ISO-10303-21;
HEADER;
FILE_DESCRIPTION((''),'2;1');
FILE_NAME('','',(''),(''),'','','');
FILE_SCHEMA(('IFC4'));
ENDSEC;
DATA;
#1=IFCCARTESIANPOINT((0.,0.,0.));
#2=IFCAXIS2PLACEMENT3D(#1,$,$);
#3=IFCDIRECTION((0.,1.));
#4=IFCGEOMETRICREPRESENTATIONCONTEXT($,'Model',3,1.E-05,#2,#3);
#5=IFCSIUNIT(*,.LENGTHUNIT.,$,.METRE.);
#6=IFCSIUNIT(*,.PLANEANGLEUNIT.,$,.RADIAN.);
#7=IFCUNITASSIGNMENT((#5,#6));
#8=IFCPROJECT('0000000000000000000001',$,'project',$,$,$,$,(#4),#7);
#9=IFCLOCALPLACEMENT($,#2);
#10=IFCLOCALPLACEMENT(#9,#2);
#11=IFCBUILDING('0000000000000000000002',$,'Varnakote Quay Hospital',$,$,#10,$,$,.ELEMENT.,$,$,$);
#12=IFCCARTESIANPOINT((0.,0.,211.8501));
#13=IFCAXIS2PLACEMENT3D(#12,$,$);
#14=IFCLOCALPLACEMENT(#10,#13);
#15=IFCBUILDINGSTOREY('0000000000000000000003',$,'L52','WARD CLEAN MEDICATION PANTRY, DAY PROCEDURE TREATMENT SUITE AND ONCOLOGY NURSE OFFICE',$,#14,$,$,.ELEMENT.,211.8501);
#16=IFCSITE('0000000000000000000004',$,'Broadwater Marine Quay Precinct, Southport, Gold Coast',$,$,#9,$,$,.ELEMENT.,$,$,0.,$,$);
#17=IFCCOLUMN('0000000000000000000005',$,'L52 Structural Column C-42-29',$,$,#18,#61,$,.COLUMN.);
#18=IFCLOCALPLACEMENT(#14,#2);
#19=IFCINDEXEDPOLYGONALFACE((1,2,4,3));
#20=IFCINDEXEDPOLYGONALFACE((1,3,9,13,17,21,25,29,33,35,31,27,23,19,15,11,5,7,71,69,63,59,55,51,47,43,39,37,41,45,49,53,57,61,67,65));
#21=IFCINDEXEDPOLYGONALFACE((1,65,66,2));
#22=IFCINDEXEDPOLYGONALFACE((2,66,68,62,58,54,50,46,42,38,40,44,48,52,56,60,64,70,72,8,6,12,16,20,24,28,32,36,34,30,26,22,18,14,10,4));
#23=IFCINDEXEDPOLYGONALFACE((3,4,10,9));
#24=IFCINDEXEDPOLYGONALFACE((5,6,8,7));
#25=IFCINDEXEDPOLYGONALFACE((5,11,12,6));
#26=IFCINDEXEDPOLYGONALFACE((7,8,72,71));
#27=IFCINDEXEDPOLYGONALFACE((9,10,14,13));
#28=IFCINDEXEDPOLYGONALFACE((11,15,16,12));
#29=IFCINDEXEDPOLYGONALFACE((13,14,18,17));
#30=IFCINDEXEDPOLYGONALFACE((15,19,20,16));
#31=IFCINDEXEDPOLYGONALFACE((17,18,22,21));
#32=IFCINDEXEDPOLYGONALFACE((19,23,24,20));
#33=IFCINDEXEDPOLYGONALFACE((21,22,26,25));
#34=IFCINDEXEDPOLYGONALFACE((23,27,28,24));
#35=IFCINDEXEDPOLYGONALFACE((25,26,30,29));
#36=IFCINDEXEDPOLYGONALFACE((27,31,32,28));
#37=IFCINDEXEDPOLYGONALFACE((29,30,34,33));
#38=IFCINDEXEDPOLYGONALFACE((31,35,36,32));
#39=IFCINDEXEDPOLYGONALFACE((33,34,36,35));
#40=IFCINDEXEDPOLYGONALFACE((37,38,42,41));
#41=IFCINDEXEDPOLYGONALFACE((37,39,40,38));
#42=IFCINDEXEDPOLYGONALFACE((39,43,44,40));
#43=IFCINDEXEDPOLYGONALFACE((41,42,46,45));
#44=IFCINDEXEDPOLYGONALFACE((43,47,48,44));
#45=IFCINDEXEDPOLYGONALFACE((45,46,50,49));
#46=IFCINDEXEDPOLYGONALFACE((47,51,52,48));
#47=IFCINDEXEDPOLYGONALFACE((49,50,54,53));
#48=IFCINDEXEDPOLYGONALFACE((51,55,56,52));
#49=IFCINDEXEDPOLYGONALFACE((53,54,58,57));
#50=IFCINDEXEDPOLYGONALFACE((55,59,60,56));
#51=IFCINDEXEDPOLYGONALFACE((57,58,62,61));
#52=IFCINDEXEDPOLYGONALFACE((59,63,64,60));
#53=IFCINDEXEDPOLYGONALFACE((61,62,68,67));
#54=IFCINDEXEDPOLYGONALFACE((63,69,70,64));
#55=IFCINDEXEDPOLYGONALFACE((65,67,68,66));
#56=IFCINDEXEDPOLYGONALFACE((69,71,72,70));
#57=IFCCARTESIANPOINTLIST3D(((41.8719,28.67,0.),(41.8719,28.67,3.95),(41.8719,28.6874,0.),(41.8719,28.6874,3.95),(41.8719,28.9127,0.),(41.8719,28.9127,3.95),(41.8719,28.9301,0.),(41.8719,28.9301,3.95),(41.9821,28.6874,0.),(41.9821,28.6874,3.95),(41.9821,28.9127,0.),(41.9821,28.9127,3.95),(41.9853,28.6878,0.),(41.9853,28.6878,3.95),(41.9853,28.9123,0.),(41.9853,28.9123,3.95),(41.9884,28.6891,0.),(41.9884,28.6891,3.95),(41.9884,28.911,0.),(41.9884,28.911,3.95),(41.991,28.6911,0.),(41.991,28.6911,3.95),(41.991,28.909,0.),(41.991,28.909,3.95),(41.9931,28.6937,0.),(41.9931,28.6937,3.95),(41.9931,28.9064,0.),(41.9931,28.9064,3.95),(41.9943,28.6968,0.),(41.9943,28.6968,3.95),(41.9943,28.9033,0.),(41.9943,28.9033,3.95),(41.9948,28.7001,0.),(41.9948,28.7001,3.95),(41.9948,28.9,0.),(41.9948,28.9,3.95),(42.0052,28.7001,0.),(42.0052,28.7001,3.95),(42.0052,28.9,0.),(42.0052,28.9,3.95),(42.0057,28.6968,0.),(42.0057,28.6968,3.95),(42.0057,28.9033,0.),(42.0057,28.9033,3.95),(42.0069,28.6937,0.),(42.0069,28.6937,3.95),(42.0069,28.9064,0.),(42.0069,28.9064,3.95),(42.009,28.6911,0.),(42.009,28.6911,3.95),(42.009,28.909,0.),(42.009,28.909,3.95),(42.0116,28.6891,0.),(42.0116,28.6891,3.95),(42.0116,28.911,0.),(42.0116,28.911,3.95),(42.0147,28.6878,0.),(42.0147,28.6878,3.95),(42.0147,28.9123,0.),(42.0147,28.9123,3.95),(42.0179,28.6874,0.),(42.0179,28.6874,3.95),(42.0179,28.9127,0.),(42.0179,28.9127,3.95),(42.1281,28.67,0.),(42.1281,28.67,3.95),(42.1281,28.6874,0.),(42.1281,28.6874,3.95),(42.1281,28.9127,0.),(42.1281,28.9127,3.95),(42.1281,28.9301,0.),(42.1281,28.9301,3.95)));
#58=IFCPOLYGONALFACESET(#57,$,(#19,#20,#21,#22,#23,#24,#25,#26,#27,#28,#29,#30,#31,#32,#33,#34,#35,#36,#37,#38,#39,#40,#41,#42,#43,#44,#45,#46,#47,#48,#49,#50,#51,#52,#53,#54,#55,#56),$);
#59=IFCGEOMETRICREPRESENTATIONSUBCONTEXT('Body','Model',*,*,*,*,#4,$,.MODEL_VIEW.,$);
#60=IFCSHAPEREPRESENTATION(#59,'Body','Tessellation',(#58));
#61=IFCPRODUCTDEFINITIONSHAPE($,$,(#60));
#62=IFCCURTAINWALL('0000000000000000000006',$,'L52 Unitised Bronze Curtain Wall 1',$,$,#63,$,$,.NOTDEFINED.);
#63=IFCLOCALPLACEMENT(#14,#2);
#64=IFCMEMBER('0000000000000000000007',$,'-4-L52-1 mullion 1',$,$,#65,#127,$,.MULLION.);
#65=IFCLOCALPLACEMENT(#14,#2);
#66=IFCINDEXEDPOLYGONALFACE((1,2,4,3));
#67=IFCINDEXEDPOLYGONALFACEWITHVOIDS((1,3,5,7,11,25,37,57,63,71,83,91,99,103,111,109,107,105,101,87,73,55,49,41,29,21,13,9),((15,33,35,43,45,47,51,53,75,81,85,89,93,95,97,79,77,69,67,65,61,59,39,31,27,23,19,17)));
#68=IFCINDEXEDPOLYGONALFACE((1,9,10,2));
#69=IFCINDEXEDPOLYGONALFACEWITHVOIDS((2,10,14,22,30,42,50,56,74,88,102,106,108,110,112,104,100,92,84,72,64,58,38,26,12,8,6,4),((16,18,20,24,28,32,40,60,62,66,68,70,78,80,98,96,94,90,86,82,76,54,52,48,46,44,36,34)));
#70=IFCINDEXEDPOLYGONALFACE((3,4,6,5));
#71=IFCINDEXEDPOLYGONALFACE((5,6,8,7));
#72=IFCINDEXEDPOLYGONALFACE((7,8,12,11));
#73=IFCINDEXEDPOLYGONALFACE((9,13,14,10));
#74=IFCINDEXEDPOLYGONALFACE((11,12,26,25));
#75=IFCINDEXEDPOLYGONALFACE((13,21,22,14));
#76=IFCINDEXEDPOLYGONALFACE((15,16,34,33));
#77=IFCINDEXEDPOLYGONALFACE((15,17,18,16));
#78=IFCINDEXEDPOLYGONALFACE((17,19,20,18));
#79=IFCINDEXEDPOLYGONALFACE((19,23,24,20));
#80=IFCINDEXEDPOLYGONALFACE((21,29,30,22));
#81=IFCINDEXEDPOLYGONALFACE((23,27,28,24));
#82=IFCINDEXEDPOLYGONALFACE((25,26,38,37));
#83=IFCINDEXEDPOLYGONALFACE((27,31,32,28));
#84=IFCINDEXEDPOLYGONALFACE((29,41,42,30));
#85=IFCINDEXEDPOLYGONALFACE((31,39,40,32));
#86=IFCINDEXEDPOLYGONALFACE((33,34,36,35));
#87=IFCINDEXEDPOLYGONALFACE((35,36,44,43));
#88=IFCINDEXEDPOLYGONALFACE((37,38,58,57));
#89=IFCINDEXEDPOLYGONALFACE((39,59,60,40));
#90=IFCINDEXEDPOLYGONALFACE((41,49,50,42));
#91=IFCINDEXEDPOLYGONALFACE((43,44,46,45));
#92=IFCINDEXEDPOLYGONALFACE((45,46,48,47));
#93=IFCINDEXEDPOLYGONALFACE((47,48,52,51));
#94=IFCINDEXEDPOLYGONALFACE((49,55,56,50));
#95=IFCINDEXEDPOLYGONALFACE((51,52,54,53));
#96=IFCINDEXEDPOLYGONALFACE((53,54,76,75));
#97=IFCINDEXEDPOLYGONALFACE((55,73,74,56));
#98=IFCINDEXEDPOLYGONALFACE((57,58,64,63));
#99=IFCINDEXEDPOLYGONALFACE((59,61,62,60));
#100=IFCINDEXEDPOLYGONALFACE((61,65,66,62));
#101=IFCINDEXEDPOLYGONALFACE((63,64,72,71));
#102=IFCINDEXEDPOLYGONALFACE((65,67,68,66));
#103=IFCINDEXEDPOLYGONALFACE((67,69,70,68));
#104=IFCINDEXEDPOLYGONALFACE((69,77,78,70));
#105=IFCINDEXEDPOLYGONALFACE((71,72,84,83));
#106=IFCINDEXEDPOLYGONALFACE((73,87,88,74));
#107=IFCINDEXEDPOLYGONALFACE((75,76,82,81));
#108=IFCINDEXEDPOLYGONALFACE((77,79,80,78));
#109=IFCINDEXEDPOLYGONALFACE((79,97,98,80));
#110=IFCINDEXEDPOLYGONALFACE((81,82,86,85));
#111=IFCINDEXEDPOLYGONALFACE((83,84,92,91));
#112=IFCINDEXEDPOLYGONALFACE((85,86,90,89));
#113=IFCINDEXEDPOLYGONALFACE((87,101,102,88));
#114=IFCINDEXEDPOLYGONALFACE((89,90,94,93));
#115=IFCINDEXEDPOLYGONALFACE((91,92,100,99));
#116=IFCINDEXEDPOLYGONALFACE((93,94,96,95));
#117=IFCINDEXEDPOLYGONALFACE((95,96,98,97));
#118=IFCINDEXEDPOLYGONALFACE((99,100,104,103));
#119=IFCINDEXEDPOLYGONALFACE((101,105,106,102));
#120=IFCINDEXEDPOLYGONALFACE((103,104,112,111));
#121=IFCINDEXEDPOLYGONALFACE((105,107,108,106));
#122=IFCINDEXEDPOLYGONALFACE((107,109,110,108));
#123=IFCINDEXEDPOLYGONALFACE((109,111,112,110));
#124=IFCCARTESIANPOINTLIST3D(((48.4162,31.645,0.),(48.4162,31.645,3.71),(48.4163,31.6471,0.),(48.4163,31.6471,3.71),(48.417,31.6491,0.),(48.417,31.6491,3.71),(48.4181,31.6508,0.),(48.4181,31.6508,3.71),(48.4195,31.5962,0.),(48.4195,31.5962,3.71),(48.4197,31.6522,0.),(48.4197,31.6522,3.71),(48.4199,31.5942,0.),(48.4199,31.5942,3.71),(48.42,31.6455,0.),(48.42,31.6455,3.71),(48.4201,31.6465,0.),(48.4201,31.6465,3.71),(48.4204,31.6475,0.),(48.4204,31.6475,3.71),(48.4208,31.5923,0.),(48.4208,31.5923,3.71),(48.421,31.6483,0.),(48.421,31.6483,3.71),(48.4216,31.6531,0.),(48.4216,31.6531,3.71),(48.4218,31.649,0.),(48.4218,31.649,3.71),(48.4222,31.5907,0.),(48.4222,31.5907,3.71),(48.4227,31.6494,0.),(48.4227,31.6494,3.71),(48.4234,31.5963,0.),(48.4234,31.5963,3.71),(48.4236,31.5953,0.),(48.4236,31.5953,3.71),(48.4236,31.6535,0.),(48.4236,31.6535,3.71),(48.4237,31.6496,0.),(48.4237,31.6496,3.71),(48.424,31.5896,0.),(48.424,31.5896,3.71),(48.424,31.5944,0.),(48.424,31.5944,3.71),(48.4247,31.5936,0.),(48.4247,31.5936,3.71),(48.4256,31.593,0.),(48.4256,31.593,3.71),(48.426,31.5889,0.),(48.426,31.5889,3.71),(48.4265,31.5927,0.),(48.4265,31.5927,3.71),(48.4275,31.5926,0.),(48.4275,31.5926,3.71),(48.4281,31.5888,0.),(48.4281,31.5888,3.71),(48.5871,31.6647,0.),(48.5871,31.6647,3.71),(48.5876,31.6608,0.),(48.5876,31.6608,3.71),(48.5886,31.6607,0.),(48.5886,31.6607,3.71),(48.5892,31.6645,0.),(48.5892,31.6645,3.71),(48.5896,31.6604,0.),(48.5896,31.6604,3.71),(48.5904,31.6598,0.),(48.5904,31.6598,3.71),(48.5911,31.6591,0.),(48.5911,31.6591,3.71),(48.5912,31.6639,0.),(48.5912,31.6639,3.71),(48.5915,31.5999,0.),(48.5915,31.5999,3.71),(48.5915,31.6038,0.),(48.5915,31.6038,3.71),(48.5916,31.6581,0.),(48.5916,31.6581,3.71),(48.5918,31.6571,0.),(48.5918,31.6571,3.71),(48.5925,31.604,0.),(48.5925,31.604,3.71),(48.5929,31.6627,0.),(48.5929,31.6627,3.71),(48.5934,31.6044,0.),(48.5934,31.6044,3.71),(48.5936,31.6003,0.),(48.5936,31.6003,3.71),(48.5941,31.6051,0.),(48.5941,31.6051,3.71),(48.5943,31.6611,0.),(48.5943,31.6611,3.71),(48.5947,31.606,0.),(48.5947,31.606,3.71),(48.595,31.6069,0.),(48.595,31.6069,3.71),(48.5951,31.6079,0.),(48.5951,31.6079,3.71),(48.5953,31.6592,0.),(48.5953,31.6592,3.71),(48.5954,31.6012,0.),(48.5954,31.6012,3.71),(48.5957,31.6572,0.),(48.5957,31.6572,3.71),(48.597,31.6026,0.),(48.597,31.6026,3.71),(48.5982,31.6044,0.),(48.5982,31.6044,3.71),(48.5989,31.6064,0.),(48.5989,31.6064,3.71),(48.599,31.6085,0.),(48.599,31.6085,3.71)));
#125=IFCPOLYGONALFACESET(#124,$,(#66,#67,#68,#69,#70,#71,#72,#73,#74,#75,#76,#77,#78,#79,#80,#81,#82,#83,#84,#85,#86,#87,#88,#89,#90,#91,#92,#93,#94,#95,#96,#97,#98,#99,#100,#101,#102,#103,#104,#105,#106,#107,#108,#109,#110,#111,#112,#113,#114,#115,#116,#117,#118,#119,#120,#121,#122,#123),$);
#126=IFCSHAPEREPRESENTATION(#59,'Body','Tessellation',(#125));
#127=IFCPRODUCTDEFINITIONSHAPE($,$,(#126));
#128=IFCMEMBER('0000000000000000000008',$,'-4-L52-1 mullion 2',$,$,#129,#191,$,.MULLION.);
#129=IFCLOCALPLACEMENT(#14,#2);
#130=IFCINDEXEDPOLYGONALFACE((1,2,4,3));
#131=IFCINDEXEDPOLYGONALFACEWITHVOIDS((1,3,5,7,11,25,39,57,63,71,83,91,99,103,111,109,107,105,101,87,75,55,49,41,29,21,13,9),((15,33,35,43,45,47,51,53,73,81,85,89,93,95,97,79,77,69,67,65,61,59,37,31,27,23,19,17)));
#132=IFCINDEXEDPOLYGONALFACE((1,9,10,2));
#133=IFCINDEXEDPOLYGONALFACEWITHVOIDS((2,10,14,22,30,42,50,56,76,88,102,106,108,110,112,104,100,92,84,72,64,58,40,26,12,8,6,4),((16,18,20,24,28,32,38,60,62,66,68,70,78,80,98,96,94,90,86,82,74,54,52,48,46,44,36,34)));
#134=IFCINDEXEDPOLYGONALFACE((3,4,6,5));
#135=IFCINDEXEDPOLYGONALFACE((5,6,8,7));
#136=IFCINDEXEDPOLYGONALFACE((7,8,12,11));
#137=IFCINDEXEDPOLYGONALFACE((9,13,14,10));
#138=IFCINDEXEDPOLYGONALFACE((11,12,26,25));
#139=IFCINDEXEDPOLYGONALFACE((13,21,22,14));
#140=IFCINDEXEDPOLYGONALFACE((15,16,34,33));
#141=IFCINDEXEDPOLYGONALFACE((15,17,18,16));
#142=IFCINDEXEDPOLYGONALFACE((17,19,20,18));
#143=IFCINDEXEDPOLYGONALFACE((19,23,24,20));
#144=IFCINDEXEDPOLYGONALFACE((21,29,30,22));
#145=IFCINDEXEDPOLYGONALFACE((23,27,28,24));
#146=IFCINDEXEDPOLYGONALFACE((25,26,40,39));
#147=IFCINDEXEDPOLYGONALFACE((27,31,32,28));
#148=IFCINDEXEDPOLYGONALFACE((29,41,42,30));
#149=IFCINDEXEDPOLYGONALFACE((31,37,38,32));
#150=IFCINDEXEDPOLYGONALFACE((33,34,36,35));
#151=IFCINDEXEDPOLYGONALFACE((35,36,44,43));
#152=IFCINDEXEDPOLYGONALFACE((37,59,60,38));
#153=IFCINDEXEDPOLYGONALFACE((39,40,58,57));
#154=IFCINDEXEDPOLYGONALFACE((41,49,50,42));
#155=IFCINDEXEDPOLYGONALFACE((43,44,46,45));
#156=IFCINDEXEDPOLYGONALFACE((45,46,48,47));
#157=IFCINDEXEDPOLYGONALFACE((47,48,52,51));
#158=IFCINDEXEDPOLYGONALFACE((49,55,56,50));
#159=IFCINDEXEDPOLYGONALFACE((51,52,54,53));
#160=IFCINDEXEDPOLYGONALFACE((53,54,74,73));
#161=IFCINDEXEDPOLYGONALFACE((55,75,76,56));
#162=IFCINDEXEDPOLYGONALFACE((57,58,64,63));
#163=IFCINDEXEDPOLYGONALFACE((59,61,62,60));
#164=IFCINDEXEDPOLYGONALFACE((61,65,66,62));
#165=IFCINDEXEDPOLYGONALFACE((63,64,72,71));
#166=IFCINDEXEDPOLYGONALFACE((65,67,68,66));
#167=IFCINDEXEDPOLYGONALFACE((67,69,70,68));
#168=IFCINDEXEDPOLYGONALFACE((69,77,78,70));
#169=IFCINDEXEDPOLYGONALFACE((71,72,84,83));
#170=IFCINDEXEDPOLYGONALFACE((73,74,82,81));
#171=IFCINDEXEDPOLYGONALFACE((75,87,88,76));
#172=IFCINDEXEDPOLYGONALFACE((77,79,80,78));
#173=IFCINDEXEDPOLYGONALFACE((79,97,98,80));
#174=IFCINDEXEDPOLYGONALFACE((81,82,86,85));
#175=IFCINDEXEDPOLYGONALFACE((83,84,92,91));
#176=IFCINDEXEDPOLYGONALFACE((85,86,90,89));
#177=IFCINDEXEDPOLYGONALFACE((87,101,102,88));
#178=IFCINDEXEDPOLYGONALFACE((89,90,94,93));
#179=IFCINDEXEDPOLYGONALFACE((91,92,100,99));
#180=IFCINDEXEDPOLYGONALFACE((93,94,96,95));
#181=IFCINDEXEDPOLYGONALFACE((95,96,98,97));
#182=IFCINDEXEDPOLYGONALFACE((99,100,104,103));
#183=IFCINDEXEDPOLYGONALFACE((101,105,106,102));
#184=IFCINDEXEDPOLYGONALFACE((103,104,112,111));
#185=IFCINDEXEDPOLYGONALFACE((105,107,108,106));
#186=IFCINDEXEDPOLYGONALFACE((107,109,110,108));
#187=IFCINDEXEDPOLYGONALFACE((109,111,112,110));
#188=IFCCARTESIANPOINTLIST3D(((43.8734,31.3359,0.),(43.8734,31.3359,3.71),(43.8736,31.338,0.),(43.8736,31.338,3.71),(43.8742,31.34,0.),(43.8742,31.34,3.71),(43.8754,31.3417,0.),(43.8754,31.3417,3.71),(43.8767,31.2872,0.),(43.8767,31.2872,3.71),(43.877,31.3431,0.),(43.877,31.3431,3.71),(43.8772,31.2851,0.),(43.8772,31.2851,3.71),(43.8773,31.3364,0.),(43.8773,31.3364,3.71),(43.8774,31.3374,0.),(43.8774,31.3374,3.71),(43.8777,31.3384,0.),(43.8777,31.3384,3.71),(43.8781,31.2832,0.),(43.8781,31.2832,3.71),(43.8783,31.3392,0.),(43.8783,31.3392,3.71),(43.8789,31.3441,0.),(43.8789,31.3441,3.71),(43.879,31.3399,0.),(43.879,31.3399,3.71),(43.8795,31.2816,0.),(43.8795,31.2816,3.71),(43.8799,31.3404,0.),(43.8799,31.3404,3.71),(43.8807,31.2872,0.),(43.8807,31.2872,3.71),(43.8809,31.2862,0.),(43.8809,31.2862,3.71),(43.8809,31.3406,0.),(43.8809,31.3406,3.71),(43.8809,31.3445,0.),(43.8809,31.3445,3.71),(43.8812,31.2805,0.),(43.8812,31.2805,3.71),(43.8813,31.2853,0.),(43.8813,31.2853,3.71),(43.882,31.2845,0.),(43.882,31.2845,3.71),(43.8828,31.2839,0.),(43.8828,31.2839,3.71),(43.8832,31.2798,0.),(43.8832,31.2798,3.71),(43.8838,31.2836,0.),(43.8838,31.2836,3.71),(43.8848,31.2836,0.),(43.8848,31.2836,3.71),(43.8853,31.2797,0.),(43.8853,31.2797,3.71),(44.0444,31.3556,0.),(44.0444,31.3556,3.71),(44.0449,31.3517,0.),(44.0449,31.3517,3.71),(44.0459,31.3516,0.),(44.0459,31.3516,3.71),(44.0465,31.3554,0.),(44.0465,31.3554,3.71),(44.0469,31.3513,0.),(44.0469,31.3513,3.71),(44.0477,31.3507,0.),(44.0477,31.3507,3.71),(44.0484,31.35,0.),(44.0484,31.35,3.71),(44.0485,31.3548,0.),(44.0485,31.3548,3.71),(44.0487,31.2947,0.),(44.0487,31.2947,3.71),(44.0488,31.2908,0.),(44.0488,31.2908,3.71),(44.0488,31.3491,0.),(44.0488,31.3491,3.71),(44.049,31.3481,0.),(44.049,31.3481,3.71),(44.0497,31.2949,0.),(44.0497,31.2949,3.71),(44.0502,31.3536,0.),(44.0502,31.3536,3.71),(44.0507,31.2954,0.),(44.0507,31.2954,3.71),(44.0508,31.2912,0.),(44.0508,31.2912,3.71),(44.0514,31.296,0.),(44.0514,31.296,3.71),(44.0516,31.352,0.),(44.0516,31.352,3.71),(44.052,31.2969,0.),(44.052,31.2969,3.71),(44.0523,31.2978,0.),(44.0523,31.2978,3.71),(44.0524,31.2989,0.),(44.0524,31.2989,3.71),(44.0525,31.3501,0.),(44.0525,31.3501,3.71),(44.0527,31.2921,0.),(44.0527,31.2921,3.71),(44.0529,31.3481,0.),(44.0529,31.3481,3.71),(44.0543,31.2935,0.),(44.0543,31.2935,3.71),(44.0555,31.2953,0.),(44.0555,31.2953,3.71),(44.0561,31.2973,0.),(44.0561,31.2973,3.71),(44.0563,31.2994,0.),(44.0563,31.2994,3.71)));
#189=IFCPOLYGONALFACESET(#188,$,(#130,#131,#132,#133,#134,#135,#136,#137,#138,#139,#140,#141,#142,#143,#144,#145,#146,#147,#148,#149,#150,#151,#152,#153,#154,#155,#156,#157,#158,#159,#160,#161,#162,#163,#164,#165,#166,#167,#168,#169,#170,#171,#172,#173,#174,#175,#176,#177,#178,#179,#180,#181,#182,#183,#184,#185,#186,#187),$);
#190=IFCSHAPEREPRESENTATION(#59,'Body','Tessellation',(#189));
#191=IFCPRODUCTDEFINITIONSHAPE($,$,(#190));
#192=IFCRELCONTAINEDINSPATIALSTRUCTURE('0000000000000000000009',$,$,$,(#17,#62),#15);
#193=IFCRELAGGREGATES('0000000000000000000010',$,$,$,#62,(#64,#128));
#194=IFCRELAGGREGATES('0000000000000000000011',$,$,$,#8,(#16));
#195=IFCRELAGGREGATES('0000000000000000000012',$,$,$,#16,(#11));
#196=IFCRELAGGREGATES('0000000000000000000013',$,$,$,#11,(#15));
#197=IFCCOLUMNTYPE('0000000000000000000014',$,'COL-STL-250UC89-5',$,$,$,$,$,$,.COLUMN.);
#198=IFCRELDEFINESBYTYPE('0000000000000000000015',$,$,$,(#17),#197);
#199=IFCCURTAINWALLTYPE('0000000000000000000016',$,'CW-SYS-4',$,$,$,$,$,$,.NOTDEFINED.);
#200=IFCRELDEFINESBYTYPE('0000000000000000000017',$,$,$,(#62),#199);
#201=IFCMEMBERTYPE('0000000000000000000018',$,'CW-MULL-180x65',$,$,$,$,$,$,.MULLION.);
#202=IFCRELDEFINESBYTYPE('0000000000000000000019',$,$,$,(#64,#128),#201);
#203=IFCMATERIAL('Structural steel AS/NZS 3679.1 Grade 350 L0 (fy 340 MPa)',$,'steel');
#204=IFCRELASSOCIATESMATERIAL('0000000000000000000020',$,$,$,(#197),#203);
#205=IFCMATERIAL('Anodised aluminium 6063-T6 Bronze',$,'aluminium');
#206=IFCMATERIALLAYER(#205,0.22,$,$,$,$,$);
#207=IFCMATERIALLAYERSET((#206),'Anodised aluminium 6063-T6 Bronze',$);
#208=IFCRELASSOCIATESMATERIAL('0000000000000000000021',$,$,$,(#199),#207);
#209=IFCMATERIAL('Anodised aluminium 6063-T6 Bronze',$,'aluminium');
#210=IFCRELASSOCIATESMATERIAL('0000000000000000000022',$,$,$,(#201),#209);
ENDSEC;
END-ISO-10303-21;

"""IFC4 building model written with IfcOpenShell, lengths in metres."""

from ifc_helpers import new_model, si_unit, direction, frame, origin, origin_2d, place, context, subcontext, project, spatial, hollow_rectangle, i_section, extrude, material, layer, layer_set, material_profile, profile_set, type_object, element, aggregate, save


model = new_model("IFC4")

# Units and contexts
model_context = context("Model", 3, precision=1e-05, world=origin(), true_north=direction((0.0, 1.0)))
body_context = subcontext(model_context, "Body", "Model", "MODEL_VIEW")
ifc_project = project(units=[si_unit("LENGTHUNIT", "METRE"), si_unit("PLANEANGLEUNIT", "RADIAN")], contexts=[model_context])

# Site, building, storey
site_placement = place(None, origin())
site = spatial("IfcSite", under=ifc_project, at=site_placement, Name="Broadwater Marine Quay Precinct, Southport, Gold Coast", CompositionType="ELEMENT", RefElevation=0.0)
building_placement = place(site_placement, origin())
building = spatial("IfcBuilding", under=site, at=building_placement, Name="Varnakote Quay Hospital", CompositionType="ELEMENT")
storey_placement = place(building_placement, frame((0.0, 0.0, 211.8501)))
storey = spatial("IfcBuildingStorey", under=building, at=storey_placement, Name="L52", Description="WARD CLEAN MEDICATION PANTRY, DAY PROCEDURE TREATMENT SUITE AND ONCOLOGY NURSE OFFICE", CompositionType="ELEMENT", Elevation=211.8501)

# Column
ifc_material_1 = material(Name="Structural steel AS/NZS 3679.1 Grade 350 L0 (fy 340 MPa)", Category="steel")
ifc_material_profile_1 = material_profile(ifc_material_1, i_section(OverallWidth=0.2561, OverallDepth=0.26, WebThickness=0.0105, FlangeThickness=0.0173, FilletRadius=0.0127, at=origin_2d()), Name="250UC89.5")
ifc_profile_set_1 = profile_set([ifc_material_profile_1], Name="Structural steel AS/NZS 3679.1 Grade 350 L0 (fy 340 MPa)")
column_type = type_object("IfcColumnType", Name="COL-STL-250UC89-5", PredefinedType="COLUMN", material=ifc_profile_set_1)
column_placement = place(storey_placement, frame((42.0, 28.8, 0.0), z_axis=(0.0, 0.0, 1.0), x_axis=(1.0, 0.0, 0.0)))
element("IfcColumn", 1, at=column_placement, inside=storey, type_object=column_type, Name="L52 Structural Column C-42-29", PredefinedType="COLUMN", context=body_context, shape_type="SweptSolid", body=[
    extrude(i_section(OverallWidth=0.2561, OverallDepth=0.26, WebThickness=0.0105, FlangeThickness=0.0173, FilletRadius=0.0127, at=origin_2d()), origin(), (0.0, 0.0, 1.0), 3.95),
])

# Curtain wall, members
ifc_material_2 = material(Name="Anodised aluminium 6063-T6 Bronze", Category="aluminium")
ifc_layer_1 = layer(ifc_material_2, 0.22)
ifc_layer_set_1 = layer_set([ifc_layer_1], Name="Anodised aluminium 6063-T6 Bronze")
curtain_wall_type = type_object("IfcCurtainWallType", Name="CW-SYS-4", PredefinedType="NOTDEFINED", material=ifc_layer_set_1)
curtain_wall_placement = place(storey_placement, origin())
curtain_wall = element("IfcCurtainWall", 2, at=curtain_wall_placement, inside=storey, type_object=curtain_wall_type, Name="L52 Unitised Bronze Curtain Wall 1", PredefinedType="NOTDEFINED")
ifc_material_3 = material(Name="Anodised aluminium 6063-T6 Bronze", Category="aluminium")
ifc_material_profile_2 = material_profile(ifc_material_3, hollow_rectangle(XDim=0.0649, YDim=0.1799, WallThickness=0.0039, InnerFilletRadius=0.0039, OuterFilletRadius=0.0081, at=origin_2d()), Name="CW-MULL-180x65")
ifc_profile_set_2 = profile_set([ifc_material_profile_2], Name="Anodised aluminium 6063-T6 Bronze")
member_type_1 = type_object("IfcMemberType", Name="CW-MULL-180x65", PredefinedType="MULLION", material=ifc_profile_set_2)
member_1_placement = place(storey_placement, frame((48.5076, 31.6267, 0.0), z_axis=(0.0, 0.0, 1.0), x_axis=(0.067842, -0.997696, 0.0)))
member_1 = element("IfcMember", 3, at=member_1_placement, type_object=member_type_1, Name="-4-L52-1 mullion 1", PredefinedType="MULLION", context=body_context, shape_type="SweptSolid", body=[
    extrude(hollow_rectangle(XDim=0.0649, YDim=0.1799, WallThickness=0.0039, InnerFilletRadius=0.0039, OuterFilletRadius=0.0081, at=origin_2d()), origin(), (0.0, 0.0, 1.0), 3.71),
])
member_2_placement = place(storey_placement, frame((43.9648, 31.3176, 0.0), z_axis=(0.0, 0.0, 1.0), x_axis=(0.067842, -0.997696, 0.0)))
member_2 = element("IfcMember", 4, at=member_2_placement, type_object=member_type_1, Name="-4-L52-1 mullion 2", PredefinedType="MULLION", context=body_context, shape_type="SweptSolid", body=[
    extrude(hollow_rectangle(XDim=0.0649, YDim=0.1799, WallThickness=0.0039, InnerFilletRadius=0.0039, OuterFilletRadius=0.0081, at=origin_2d()), origin(), (0.0, 0.0, 1.0), 3.71),
])
aggregate(curtain_wall, [member_1, member_2])

save(model, "model.ifc")
